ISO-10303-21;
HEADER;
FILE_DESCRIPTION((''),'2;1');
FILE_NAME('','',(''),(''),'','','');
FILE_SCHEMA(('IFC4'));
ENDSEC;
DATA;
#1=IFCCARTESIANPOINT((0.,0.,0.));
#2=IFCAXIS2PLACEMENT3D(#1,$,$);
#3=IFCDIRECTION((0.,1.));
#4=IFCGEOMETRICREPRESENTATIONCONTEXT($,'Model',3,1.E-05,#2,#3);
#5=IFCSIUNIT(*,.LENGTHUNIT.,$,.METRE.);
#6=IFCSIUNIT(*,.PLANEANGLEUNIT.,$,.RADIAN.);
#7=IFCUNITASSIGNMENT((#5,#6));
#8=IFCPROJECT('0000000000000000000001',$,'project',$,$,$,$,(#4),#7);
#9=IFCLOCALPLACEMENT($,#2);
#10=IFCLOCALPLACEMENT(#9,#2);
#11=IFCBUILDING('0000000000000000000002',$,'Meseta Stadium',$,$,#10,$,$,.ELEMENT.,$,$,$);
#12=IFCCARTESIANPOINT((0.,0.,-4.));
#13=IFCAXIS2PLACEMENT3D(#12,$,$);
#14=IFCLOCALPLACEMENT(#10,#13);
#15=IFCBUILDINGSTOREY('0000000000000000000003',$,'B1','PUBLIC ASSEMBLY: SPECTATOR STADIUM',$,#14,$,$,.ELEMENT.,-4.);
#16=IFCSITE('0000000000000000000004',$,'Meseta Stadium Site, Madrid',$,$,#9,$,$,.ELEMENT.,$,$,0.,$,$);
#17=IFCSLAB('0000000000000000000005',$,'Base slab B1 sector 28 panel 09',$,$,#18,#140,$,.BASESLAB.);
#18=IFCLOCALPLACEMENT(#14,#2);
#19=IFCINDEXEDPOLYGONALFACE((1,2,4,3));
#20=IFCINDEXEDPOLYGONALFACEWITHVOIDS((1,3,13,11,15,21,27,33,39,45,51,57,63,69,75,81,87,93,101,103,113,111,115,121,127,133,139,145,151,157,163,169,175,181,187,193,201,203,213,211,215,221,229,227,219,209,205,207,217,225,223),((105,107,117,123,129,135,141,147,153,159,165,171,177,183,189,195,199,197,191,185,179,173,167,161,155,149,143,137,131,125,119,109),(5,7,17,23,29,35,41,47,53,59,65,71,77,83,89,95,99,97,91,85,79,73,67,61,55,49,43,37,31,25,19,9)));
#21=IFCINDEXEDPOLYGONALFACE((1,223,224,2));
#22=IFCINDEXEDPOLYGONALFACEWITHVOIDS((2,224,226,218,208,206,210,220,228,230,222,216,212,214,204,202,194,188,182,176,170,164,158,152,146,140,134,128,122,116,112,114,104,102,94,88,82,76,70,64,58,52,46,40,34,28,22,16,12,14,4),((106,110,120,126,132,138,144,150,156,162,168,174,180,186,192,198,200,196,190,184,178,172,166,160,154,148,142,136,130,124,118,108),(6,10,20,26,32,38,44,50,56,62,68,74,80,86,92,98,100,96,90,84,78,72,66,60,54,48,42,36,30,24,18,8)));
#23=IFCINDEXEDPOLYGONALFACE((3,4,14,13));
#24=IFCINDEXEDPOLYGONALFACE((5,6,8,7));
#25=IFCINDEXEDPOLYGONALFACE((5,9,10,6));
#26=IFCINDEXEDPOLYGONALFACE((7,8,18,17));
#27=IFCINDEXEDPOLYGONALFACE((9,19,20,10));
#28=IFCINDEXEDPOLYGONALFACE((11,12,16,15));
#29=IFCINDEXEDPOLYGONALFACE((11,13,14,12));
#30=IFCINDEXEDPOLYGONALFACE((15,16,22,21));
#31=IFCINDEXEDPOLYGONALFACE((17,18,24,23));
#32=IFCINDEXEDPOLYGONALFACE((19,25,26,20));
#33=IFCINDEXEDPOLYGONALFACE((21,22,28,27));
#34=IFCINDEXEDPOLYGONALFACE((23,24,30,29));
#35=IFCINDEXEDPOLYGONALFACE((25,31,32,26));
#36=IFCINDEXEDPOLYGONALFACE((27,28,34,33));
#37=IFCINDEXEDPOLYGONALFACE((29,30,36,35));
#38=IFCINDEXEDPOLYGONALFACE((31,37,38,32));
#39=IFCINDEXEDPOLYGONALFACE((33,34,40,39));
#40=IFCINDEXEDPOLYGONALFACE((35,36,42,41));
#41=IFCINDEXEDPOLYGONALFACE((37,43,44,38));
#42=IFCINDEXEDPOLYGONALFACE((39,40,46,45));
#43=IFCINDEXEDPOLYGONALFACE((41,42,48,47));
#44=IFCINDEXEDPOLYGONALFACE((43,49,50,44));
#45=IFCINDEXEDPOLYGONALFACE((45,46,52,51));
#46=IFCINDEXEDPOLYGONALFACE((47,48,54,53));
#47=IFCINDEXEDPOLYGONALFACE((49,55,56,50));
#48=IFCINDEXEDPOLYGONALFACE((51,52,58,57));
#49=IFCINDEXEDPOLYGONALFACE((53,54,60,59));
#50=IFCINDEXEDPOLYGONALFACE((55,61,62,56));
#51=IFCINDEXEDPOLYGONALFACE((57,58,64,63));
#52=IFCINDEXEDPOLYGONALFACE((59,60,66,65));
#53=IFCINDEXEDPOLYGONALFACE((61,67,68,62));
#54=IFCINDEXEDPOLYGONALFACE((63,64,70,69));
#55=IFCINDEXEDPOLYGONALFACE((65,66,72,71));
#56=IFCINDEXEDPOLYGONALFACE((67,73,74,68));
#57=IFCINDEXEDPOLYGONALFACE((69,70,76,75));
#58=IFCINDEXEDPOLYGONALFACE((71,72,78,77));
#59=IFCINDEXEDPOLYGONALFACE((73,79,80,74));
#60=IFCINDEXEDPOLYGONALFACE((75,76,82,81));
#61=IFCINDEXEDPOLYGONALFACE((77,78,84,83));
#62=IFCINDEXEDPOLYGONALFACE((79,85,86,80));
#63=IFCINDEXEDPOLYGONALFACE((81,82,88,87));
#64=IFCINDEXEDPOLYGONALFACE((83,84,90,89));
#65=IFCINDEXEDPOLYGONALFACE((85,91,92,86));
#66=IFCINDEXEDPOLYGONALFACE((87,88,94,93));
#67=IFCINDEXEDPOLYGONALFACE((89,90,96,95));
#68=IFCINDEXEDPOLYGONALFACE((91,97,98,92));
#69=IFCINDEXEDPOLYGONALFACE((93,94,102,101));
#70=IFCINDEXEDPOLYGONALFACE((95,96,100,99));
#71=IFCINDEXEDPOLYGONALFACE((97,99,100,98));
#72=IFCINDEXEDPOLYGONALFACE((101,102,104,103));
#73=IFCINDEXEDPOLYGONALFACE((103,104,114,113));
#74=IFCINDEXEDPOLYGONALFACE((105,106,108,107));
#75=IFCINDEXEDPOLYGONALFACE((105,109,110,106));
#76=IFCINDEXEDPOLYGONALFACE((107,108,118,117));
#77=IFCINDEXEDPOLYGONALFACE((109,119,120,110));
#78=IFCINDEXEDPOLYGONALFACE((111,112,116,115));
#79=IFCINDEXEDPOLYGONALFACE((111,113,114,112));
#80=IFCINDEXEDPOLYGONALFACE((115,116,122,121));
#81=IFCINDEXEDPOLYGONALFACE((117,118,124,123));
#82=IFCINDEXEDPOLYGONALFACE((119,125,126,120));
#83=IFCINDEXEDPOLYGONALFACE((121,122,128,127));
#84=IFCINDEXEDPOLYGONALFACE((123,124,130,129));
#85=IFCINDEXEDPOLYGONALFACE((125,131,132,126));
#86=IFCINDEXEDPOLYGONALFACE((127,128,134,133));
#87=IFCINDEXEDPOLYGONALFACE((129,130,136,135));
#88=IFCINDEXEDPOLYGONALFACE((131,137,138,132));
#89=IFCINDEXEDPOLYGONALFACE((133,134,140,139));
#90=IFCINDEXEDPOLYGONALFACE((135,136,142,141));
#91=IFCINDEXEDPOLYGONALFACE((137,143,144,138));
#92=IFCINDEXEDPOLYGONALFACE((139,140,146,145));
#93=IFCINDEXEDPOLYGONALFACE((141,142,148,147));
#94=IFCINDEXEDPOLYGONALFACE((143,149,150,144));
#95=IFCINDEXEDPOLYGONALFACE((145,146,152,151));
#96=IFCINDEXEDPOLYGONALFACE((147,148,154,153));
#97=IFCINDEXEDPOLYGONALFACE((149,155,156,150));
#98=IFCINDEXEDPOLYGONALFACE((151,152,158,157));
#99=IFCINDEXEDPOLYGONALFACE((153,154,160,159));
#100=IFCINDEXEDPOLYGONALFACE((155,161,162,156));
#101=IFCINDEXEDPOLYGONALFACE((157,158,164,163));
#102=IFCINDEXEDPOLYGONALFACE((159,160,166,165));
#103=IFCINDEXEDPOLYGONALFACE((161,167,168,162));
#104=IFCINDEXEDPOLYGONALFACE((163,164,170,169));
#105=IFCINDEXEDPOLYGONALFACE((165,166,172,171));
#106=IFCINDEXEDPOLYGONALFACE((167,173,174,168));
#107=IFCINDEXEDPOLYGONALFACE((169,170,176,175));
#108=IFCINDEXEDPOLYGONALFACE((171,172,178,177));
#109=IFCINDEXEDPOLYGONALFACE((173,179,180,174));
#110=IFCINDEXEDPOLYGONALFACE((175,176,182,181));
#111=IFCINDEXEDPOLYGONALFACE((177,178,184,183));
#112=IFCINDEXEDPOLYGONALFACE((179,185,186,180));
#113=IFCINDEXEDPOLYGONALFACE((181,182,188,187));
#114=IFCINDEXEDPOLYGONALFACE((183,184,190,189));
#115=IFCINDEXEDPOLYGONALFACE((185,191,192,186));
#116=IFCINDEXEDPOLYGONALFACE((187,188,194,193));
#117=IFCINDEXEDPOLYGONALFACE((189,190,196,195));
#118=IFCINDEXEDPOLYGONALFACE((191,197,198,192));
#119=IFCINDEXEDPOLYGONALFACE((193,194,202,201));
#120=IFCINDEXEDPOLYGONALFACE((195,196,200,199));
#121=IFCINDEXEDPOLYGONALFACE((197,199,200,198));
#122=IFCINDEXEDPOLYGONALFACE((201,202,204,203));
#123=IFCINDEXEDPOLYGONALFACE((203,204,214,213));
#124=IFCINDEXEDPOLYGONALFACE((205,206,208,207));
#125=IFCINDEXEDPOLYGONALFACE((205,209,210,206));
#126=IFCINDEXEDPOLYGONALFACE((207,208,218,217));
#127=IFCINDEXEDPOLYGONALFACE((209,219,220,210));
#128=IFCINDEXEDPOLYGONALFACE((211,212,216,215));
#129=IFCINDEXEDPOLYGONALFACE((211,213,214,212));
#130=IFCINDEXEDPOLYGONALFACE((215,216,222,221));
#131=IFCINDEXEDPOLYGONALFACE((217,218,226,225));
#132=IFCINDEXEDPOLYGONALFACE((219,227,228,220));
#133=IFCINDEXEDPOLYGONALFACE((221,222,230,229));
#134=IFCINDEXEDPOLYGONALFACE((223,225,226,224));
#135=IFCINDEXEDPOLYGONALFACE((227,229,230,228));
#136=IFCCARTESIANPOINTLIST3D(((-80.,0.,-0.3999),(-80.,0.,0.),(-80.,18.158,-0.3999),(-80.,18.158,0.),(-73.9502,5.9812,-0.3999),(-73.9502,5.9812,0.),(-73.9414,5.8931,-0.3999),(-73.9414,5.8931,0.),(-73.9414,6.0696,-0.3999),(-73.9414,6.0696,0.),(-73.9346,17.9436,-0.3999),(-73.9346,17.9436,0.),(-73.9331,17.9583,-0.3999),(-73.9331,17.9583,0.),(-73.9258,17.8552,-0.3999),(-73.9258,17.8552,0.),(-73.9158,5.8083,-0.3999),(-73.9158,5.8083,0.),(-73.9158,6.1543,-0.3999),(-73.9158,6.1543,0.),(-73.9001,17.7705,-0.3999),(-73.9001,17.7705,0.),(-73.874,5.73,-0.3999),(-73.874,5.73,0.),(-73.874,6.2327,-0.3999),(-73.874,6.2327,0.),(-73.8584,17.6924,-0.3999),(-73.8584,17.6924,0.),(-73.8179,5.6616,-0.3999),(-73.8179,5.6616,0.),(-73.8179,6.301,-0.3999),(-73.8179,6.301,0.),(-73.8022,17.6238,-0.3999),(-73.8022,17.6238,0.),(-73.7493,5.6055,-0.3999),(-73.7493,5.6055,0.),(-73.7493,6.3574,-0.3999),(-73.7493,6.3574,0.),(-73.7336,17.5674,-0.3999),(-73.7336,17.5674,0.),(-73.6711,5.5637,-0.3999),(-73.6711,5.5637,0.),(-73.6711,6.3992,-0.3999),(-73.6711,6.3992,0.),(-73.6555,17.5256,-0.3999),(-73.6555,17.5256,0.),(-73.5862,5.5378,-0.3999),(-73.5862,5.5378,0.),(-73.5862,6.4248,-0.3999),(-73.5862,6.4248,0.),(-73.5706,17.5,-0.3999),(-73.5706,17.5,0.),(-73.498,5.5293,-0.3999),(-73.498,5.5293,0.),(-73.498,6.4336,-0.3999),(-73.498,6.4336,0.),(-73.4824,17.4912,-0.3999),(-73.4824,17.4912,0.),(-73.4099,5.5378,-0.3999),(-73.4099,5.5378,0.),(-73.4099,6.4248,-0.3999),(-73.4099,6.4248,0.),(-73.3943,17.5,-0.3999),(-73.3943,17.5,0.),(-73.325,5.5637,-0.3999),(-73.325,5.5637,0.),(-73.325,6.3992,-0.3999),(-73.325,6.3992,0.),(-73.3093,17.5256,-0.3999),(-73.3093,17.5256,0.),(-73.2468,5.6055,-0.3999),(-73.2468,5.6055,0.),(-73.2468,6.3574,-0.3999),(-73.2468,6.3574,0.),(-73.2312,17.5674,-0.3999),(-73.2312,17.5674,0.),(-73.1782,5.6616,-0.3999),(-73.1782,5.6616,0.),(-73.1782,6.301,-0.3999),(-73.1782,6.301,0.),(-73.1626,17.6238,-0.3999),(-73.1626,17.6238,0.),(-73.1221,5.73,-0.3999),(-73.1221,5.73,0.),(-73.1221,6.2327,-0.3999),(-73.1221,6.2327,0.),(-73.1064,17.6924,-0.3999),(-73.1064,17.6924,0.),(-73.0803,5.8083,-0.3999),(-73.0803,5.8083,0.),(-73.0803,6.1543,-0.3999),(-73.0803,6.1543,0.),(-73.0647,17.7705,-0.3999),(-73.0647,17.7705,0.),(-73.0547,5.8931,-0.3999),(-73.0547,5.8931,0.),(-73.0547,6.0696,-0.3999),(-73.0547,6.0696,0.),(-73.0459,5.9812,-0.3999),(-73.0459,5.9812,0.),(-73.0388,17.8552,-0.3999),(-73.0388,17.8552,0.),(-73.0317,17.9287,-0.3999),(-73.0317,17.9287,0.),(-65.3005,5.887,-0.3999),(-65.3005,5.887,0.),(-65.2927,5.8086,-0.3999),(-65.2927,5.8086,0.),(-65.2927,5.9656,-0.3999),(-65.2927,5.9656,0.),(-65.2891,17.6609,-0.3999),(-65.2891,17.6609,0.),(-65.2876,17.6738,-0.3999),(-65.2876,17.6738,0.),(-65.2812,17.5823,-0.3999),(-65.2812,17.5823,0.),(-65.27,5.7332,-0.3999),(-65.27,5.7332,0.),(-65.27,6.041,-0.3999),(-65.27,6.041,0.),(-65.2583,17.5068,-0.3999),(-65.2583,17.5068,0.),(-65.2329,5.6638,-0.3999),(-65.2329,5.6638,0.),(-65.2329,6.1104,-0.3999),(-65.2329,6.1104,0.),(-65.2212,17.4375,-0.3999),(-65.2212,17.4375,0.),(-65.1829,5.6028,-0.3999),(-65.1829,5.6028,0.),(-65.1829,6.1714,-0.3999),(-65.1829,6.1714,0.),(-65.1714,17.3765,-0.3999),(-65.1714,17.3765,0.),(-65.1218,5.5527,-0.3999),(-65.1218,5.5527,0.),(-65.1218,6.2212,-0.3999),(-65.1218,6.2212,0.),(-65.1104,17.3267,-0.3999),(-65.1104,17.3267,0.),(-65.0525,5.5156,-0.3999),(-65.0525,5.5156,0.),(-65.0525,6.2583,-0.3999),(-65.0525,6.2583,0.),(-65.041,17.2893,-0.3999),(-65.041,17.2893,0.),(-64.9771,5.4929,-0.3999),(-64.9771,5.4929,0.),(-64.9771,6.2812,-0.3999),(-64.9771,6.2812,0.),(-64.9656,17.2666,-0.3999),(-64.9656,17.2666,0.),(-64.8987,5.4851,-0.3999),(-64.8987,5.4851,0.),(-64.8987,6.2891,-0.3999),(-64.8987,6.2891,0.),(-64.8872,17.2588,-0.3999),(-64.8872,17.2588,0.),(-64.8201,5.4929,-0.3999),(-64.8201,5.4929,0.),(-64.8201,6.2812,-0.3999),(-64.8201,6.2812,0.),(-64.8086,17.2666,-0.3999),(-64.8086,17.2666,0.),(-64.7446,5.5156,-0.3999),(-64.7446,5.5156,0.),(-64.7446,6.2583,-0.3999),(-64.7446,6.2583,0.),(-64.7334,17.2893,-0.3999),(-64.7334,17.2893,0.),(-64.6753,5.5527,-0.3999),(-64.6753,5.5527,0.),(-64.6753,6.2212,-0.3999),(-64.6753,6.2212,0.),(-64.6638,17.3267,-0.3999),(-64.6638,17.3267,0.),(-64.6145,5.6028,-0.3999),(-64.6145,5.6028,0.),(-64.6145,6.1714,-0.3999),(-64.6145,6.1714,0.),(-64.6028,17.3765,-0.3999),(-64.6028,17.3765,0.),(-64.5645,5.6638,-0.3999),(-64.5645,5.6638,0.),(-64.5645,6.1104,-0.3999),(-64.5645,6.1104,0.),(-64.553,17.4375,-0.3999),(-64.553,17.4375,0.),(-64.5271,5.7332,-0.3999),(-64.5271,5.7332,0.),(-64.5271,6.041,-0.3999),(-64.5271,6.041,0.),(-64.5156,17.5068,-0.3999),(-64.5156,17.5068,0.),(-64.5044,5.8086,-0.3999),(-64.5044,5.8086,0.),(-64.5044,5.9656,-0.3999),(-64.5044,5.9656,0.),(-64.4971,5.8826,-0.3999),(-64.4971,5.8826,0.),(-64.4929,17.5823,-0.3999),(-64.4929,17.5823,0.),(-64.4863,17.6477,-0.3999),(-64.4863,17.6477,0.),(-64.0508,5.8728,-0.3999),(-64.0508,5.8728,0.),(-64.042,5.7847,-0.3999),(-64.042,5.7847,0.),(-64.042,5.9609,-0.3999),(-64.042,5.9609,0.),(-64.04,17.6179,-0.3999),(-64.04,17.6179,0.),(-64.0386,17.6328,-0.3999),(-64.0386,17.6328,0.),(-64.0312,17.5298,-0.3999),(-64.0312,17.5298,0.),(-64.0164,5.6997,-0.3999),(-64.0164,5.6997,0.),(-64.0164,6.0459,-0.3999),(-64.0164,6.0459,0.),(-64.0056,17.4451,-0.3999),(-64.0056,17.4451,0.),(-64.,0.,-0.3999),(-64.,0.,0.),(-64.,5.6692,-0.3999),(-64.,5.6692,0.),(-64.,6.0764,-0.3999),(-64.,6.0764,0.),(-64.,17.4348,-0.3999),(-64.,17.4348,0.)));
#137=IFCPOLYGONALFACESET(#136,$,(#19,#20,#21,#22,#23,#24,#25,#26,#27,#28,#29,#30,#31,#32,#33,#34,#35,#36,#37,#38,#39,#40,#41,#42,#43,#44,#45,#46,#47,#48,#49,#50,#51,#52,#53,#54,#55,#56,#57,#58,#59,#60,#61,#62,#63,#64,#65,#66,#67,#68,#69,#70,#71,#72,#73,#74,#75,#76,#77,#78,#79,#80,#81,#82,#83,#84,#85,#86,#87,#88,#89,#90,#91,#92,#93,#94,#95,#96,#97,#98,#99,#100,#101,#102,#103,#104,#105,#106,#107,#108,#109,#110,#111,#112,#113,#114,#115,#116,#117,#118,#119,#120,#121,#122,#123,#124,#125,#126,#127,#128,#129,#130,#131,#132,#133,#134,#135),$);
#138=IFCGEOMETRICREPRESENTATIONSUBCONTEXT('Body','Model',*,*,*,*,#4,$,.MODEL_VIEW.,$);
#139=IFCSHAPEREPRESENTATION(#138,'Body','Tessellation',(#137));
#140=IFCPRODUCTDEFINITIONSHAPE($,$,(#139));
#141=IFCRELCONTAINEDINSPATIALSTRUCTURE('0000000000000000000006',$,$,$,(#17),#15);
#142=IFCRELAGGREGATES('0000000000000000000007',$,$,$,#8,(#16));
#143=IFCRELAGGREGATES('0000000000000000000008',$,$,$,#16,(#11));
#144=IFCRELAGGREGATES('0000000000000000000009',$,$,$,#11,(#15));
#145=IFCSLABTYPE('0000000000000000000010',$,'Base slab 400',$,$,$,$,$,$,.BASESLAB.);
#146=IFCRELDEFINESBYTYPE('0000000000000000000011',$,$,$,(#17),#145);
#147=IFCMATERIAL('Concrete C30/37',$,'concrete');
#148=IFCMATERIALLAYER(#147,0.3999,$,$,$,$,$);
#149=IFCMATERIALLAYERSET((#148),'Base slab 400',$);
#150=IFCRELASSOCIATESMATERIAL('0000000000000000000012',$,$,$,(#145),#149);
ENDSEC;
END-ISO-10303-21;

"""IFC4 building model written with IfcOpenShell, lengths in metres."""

from ifc_helpers import new_model, si_unit, direction, frame, origin, place, context, subcontext, project, spatial, polyline, outline, extrude, material, layer, layer_set, type_object, element, save


model = new_model("IFC4")

# Units and contexts
model_context = context("Model", 3, precision=1e-05, world=origin(), true_north=direction((0.0, 1.0)))
body_context = subcontext(model_context, "Body", "Model", "MODEL_VIEW")
ifc_project = project(units=[si_unit("LENGTHUNIT", "METRE"), si_unit("PLANEANGLEUNIT", "RADIAN")], contexts=[model_context])

# Site, building, storey
site_placement = place(None, origin())
site = spatial("IfcSite", under=ifc_project, at=site_placement, Name="Meseta Stadium Site, Madrid", CompositionType="ELEMENT", RefElevation=0.0)
building_placement = place(site_placement, origin())
building = spatial("IfcBuilding", under=site, at=building_placement, Name="Meseta Stadium", CompositionType="ELEMENT")
storey_placement = place(building_placement, frame((0.0, 0.0, -4.0)))
storey = spatial("IfcBuildingStorey", under=building, at=storey_placement, Name="B1", Description="PUBLIC ASSEMBLY: SPECTATOR STADIUM", CompositionType="ELEMENT", Elevation=-4.0)

# Slab
ifc_material = material(Name="Concrete C30/37", Category="concrete")
ifc_layer = layer(ifc_material, 0.3999)
ifc_layer_set = layer_set([ifc_layer], Name="Base slab 400")
slab_type = type_object("IfcSlabType", Name="Base slab 400", PredefinedType="BASESLAB", material=ifc_layer_set)
slab_1_placement = place(storey_placement, frame((0.0, 0.0, -0.3999)))
element("IfcSlab", 1, at=slab_1_placement, inside=storey, type_object=slab_type, Name="Base slab B1 sector 28 panel 09", PredefinedType="BASESLAB", context=body_context, shape_type="SweptSolid", body=[
    extrude(outline(polyline([(-64.0164, 6.0459), (-64.0, 6.0764), (-64.0, 17.4348), (-64.0056, 17.4451), (-64.0312, 17.5298), (-64.04, 17.6179), (-64.0386, 17.6328), (-64.4863, 17.6477), (-64.4929, 17.5823), (-64.5156, 17.5068), (-64.553, 17.4375), (-64.6028, 17.3765), (-64.6638, 17.3267), (-64.7334, 17.2893), (-64.8086, 17.2666), (-64.8872, 17.2588), (-64.9656, 17.2666), (-65.041, 17.2893), (-65.1104, 17.3267), (-65.1714, 17.3765), (-65.2212, 17.4375), (-65.2583, 17.5068), (-65.2812, 17.5823), (-65.2891, 17.6609), (-65.2876, 17.6738), (-73.0317, 17.9287), (-73.0388, 17.8552), (-73.0647, 17.7705), (-73.1064, 17.6924), (-73.1626, 17.6238), (-73.2312, 17.5674), (-73.3093, 17.5256), (-73.3943, 17.5), (-73.4824, 17.4912), (-73.5706, 17.5), (-73.6555, 17.5256), (-73.7336, 17.5674), (-73.8022, 17.6238), (-73.8584, 17.6924), (-73.9001, 17.7705), (-73.9258, 17.8552), (-73.9346, 17.9436), (-73.9331, 17.9583), (-80.0, 18.158), (-80.0, 0.0), (-64.0, 0.0), (-64.0, 5.6692), (-64.0164, 5.6997), (-64.042, 5.7847), (-64.0508, 5.8728), (-64.042, 5.9609), (-64.0164, 6.0459)]), holes=[polyline([(-64.5271, 6.041), (-64.5044, 5.9656), (-64.4971, 5.8826), (-64.5044, 5.8086), (-64.5271, 5.7332), (-64.5645, 5.6638), (-64.6145, 5.6028), (-64.6753, 5.5527), (-64.7446, 5.5156), (-64.8201, 5.4929), (-64.8987, 5.4851), (-64.9771, 5.4929), (-65.0525, 5.5156), (-65.1218, 5.5527), (-65.1829, 5.6028), (-65.2329, 5.6638), (-65.27, 5.7332), (-65.2927, 5.8086), (-65.3005, 5.887), (-65.2927, 5.9656), (-65.27, 6.041), (-65.2329, 6.1104), (-65.1829, 6.1714), (-65.1218, 6.2212), (-65.0525, 6.2583), (-64.9771, 6.2812), (-64.8987, 6.2891), (-64.8201, 6.2812), (-64.7446, 6.2583), (-64.6753, 6.2212), (-64.6145, 6.1714), (-64.5645, 6.1104), (-64.5271, 6.041)]), polyline([(-73.0547, 6.0696), (-73.0459, 5.9812), (-73.0547, 5.8931), (-73.0803, 5.8083), (-73.1221, 5.73), (-73.1782, 5.6616), (-73.2468, 5.6055), (-73.325, 5.5637), (-73.4099, 5.5378), (-73.498, 5.5293), (-73.5862, 5.5378), (-73.6711, 5.5637), (-73.7493, 5.6055), (-73.8179, 5.6616), (-73.874, 5.73), (-73.9158, 5.8083), (-73.9414, 5.8931), (-73.9502, 5.9812), (-73.9414, 6.0696), (-73.9158, 6.1543), (-73.874, 6.2327), (-73.8179, 6.301), (-73.7493, 6.3574), (-73.6711, 6.3992), (-73.5862, 6.4248), (-73.498, 6.4336), (-73.4099, 6.4248), (-73.325, 6.3992), (-73.2468, 6.3574), (-73.1782, 6.301), (-73.1221, 6.2327), (-73.0803, 6.1543), (-73.0547, 6.0696)])]), origin(), (0.0, 0.0, 1.0), 0.3999),
])

save(model, "model.ifc")
